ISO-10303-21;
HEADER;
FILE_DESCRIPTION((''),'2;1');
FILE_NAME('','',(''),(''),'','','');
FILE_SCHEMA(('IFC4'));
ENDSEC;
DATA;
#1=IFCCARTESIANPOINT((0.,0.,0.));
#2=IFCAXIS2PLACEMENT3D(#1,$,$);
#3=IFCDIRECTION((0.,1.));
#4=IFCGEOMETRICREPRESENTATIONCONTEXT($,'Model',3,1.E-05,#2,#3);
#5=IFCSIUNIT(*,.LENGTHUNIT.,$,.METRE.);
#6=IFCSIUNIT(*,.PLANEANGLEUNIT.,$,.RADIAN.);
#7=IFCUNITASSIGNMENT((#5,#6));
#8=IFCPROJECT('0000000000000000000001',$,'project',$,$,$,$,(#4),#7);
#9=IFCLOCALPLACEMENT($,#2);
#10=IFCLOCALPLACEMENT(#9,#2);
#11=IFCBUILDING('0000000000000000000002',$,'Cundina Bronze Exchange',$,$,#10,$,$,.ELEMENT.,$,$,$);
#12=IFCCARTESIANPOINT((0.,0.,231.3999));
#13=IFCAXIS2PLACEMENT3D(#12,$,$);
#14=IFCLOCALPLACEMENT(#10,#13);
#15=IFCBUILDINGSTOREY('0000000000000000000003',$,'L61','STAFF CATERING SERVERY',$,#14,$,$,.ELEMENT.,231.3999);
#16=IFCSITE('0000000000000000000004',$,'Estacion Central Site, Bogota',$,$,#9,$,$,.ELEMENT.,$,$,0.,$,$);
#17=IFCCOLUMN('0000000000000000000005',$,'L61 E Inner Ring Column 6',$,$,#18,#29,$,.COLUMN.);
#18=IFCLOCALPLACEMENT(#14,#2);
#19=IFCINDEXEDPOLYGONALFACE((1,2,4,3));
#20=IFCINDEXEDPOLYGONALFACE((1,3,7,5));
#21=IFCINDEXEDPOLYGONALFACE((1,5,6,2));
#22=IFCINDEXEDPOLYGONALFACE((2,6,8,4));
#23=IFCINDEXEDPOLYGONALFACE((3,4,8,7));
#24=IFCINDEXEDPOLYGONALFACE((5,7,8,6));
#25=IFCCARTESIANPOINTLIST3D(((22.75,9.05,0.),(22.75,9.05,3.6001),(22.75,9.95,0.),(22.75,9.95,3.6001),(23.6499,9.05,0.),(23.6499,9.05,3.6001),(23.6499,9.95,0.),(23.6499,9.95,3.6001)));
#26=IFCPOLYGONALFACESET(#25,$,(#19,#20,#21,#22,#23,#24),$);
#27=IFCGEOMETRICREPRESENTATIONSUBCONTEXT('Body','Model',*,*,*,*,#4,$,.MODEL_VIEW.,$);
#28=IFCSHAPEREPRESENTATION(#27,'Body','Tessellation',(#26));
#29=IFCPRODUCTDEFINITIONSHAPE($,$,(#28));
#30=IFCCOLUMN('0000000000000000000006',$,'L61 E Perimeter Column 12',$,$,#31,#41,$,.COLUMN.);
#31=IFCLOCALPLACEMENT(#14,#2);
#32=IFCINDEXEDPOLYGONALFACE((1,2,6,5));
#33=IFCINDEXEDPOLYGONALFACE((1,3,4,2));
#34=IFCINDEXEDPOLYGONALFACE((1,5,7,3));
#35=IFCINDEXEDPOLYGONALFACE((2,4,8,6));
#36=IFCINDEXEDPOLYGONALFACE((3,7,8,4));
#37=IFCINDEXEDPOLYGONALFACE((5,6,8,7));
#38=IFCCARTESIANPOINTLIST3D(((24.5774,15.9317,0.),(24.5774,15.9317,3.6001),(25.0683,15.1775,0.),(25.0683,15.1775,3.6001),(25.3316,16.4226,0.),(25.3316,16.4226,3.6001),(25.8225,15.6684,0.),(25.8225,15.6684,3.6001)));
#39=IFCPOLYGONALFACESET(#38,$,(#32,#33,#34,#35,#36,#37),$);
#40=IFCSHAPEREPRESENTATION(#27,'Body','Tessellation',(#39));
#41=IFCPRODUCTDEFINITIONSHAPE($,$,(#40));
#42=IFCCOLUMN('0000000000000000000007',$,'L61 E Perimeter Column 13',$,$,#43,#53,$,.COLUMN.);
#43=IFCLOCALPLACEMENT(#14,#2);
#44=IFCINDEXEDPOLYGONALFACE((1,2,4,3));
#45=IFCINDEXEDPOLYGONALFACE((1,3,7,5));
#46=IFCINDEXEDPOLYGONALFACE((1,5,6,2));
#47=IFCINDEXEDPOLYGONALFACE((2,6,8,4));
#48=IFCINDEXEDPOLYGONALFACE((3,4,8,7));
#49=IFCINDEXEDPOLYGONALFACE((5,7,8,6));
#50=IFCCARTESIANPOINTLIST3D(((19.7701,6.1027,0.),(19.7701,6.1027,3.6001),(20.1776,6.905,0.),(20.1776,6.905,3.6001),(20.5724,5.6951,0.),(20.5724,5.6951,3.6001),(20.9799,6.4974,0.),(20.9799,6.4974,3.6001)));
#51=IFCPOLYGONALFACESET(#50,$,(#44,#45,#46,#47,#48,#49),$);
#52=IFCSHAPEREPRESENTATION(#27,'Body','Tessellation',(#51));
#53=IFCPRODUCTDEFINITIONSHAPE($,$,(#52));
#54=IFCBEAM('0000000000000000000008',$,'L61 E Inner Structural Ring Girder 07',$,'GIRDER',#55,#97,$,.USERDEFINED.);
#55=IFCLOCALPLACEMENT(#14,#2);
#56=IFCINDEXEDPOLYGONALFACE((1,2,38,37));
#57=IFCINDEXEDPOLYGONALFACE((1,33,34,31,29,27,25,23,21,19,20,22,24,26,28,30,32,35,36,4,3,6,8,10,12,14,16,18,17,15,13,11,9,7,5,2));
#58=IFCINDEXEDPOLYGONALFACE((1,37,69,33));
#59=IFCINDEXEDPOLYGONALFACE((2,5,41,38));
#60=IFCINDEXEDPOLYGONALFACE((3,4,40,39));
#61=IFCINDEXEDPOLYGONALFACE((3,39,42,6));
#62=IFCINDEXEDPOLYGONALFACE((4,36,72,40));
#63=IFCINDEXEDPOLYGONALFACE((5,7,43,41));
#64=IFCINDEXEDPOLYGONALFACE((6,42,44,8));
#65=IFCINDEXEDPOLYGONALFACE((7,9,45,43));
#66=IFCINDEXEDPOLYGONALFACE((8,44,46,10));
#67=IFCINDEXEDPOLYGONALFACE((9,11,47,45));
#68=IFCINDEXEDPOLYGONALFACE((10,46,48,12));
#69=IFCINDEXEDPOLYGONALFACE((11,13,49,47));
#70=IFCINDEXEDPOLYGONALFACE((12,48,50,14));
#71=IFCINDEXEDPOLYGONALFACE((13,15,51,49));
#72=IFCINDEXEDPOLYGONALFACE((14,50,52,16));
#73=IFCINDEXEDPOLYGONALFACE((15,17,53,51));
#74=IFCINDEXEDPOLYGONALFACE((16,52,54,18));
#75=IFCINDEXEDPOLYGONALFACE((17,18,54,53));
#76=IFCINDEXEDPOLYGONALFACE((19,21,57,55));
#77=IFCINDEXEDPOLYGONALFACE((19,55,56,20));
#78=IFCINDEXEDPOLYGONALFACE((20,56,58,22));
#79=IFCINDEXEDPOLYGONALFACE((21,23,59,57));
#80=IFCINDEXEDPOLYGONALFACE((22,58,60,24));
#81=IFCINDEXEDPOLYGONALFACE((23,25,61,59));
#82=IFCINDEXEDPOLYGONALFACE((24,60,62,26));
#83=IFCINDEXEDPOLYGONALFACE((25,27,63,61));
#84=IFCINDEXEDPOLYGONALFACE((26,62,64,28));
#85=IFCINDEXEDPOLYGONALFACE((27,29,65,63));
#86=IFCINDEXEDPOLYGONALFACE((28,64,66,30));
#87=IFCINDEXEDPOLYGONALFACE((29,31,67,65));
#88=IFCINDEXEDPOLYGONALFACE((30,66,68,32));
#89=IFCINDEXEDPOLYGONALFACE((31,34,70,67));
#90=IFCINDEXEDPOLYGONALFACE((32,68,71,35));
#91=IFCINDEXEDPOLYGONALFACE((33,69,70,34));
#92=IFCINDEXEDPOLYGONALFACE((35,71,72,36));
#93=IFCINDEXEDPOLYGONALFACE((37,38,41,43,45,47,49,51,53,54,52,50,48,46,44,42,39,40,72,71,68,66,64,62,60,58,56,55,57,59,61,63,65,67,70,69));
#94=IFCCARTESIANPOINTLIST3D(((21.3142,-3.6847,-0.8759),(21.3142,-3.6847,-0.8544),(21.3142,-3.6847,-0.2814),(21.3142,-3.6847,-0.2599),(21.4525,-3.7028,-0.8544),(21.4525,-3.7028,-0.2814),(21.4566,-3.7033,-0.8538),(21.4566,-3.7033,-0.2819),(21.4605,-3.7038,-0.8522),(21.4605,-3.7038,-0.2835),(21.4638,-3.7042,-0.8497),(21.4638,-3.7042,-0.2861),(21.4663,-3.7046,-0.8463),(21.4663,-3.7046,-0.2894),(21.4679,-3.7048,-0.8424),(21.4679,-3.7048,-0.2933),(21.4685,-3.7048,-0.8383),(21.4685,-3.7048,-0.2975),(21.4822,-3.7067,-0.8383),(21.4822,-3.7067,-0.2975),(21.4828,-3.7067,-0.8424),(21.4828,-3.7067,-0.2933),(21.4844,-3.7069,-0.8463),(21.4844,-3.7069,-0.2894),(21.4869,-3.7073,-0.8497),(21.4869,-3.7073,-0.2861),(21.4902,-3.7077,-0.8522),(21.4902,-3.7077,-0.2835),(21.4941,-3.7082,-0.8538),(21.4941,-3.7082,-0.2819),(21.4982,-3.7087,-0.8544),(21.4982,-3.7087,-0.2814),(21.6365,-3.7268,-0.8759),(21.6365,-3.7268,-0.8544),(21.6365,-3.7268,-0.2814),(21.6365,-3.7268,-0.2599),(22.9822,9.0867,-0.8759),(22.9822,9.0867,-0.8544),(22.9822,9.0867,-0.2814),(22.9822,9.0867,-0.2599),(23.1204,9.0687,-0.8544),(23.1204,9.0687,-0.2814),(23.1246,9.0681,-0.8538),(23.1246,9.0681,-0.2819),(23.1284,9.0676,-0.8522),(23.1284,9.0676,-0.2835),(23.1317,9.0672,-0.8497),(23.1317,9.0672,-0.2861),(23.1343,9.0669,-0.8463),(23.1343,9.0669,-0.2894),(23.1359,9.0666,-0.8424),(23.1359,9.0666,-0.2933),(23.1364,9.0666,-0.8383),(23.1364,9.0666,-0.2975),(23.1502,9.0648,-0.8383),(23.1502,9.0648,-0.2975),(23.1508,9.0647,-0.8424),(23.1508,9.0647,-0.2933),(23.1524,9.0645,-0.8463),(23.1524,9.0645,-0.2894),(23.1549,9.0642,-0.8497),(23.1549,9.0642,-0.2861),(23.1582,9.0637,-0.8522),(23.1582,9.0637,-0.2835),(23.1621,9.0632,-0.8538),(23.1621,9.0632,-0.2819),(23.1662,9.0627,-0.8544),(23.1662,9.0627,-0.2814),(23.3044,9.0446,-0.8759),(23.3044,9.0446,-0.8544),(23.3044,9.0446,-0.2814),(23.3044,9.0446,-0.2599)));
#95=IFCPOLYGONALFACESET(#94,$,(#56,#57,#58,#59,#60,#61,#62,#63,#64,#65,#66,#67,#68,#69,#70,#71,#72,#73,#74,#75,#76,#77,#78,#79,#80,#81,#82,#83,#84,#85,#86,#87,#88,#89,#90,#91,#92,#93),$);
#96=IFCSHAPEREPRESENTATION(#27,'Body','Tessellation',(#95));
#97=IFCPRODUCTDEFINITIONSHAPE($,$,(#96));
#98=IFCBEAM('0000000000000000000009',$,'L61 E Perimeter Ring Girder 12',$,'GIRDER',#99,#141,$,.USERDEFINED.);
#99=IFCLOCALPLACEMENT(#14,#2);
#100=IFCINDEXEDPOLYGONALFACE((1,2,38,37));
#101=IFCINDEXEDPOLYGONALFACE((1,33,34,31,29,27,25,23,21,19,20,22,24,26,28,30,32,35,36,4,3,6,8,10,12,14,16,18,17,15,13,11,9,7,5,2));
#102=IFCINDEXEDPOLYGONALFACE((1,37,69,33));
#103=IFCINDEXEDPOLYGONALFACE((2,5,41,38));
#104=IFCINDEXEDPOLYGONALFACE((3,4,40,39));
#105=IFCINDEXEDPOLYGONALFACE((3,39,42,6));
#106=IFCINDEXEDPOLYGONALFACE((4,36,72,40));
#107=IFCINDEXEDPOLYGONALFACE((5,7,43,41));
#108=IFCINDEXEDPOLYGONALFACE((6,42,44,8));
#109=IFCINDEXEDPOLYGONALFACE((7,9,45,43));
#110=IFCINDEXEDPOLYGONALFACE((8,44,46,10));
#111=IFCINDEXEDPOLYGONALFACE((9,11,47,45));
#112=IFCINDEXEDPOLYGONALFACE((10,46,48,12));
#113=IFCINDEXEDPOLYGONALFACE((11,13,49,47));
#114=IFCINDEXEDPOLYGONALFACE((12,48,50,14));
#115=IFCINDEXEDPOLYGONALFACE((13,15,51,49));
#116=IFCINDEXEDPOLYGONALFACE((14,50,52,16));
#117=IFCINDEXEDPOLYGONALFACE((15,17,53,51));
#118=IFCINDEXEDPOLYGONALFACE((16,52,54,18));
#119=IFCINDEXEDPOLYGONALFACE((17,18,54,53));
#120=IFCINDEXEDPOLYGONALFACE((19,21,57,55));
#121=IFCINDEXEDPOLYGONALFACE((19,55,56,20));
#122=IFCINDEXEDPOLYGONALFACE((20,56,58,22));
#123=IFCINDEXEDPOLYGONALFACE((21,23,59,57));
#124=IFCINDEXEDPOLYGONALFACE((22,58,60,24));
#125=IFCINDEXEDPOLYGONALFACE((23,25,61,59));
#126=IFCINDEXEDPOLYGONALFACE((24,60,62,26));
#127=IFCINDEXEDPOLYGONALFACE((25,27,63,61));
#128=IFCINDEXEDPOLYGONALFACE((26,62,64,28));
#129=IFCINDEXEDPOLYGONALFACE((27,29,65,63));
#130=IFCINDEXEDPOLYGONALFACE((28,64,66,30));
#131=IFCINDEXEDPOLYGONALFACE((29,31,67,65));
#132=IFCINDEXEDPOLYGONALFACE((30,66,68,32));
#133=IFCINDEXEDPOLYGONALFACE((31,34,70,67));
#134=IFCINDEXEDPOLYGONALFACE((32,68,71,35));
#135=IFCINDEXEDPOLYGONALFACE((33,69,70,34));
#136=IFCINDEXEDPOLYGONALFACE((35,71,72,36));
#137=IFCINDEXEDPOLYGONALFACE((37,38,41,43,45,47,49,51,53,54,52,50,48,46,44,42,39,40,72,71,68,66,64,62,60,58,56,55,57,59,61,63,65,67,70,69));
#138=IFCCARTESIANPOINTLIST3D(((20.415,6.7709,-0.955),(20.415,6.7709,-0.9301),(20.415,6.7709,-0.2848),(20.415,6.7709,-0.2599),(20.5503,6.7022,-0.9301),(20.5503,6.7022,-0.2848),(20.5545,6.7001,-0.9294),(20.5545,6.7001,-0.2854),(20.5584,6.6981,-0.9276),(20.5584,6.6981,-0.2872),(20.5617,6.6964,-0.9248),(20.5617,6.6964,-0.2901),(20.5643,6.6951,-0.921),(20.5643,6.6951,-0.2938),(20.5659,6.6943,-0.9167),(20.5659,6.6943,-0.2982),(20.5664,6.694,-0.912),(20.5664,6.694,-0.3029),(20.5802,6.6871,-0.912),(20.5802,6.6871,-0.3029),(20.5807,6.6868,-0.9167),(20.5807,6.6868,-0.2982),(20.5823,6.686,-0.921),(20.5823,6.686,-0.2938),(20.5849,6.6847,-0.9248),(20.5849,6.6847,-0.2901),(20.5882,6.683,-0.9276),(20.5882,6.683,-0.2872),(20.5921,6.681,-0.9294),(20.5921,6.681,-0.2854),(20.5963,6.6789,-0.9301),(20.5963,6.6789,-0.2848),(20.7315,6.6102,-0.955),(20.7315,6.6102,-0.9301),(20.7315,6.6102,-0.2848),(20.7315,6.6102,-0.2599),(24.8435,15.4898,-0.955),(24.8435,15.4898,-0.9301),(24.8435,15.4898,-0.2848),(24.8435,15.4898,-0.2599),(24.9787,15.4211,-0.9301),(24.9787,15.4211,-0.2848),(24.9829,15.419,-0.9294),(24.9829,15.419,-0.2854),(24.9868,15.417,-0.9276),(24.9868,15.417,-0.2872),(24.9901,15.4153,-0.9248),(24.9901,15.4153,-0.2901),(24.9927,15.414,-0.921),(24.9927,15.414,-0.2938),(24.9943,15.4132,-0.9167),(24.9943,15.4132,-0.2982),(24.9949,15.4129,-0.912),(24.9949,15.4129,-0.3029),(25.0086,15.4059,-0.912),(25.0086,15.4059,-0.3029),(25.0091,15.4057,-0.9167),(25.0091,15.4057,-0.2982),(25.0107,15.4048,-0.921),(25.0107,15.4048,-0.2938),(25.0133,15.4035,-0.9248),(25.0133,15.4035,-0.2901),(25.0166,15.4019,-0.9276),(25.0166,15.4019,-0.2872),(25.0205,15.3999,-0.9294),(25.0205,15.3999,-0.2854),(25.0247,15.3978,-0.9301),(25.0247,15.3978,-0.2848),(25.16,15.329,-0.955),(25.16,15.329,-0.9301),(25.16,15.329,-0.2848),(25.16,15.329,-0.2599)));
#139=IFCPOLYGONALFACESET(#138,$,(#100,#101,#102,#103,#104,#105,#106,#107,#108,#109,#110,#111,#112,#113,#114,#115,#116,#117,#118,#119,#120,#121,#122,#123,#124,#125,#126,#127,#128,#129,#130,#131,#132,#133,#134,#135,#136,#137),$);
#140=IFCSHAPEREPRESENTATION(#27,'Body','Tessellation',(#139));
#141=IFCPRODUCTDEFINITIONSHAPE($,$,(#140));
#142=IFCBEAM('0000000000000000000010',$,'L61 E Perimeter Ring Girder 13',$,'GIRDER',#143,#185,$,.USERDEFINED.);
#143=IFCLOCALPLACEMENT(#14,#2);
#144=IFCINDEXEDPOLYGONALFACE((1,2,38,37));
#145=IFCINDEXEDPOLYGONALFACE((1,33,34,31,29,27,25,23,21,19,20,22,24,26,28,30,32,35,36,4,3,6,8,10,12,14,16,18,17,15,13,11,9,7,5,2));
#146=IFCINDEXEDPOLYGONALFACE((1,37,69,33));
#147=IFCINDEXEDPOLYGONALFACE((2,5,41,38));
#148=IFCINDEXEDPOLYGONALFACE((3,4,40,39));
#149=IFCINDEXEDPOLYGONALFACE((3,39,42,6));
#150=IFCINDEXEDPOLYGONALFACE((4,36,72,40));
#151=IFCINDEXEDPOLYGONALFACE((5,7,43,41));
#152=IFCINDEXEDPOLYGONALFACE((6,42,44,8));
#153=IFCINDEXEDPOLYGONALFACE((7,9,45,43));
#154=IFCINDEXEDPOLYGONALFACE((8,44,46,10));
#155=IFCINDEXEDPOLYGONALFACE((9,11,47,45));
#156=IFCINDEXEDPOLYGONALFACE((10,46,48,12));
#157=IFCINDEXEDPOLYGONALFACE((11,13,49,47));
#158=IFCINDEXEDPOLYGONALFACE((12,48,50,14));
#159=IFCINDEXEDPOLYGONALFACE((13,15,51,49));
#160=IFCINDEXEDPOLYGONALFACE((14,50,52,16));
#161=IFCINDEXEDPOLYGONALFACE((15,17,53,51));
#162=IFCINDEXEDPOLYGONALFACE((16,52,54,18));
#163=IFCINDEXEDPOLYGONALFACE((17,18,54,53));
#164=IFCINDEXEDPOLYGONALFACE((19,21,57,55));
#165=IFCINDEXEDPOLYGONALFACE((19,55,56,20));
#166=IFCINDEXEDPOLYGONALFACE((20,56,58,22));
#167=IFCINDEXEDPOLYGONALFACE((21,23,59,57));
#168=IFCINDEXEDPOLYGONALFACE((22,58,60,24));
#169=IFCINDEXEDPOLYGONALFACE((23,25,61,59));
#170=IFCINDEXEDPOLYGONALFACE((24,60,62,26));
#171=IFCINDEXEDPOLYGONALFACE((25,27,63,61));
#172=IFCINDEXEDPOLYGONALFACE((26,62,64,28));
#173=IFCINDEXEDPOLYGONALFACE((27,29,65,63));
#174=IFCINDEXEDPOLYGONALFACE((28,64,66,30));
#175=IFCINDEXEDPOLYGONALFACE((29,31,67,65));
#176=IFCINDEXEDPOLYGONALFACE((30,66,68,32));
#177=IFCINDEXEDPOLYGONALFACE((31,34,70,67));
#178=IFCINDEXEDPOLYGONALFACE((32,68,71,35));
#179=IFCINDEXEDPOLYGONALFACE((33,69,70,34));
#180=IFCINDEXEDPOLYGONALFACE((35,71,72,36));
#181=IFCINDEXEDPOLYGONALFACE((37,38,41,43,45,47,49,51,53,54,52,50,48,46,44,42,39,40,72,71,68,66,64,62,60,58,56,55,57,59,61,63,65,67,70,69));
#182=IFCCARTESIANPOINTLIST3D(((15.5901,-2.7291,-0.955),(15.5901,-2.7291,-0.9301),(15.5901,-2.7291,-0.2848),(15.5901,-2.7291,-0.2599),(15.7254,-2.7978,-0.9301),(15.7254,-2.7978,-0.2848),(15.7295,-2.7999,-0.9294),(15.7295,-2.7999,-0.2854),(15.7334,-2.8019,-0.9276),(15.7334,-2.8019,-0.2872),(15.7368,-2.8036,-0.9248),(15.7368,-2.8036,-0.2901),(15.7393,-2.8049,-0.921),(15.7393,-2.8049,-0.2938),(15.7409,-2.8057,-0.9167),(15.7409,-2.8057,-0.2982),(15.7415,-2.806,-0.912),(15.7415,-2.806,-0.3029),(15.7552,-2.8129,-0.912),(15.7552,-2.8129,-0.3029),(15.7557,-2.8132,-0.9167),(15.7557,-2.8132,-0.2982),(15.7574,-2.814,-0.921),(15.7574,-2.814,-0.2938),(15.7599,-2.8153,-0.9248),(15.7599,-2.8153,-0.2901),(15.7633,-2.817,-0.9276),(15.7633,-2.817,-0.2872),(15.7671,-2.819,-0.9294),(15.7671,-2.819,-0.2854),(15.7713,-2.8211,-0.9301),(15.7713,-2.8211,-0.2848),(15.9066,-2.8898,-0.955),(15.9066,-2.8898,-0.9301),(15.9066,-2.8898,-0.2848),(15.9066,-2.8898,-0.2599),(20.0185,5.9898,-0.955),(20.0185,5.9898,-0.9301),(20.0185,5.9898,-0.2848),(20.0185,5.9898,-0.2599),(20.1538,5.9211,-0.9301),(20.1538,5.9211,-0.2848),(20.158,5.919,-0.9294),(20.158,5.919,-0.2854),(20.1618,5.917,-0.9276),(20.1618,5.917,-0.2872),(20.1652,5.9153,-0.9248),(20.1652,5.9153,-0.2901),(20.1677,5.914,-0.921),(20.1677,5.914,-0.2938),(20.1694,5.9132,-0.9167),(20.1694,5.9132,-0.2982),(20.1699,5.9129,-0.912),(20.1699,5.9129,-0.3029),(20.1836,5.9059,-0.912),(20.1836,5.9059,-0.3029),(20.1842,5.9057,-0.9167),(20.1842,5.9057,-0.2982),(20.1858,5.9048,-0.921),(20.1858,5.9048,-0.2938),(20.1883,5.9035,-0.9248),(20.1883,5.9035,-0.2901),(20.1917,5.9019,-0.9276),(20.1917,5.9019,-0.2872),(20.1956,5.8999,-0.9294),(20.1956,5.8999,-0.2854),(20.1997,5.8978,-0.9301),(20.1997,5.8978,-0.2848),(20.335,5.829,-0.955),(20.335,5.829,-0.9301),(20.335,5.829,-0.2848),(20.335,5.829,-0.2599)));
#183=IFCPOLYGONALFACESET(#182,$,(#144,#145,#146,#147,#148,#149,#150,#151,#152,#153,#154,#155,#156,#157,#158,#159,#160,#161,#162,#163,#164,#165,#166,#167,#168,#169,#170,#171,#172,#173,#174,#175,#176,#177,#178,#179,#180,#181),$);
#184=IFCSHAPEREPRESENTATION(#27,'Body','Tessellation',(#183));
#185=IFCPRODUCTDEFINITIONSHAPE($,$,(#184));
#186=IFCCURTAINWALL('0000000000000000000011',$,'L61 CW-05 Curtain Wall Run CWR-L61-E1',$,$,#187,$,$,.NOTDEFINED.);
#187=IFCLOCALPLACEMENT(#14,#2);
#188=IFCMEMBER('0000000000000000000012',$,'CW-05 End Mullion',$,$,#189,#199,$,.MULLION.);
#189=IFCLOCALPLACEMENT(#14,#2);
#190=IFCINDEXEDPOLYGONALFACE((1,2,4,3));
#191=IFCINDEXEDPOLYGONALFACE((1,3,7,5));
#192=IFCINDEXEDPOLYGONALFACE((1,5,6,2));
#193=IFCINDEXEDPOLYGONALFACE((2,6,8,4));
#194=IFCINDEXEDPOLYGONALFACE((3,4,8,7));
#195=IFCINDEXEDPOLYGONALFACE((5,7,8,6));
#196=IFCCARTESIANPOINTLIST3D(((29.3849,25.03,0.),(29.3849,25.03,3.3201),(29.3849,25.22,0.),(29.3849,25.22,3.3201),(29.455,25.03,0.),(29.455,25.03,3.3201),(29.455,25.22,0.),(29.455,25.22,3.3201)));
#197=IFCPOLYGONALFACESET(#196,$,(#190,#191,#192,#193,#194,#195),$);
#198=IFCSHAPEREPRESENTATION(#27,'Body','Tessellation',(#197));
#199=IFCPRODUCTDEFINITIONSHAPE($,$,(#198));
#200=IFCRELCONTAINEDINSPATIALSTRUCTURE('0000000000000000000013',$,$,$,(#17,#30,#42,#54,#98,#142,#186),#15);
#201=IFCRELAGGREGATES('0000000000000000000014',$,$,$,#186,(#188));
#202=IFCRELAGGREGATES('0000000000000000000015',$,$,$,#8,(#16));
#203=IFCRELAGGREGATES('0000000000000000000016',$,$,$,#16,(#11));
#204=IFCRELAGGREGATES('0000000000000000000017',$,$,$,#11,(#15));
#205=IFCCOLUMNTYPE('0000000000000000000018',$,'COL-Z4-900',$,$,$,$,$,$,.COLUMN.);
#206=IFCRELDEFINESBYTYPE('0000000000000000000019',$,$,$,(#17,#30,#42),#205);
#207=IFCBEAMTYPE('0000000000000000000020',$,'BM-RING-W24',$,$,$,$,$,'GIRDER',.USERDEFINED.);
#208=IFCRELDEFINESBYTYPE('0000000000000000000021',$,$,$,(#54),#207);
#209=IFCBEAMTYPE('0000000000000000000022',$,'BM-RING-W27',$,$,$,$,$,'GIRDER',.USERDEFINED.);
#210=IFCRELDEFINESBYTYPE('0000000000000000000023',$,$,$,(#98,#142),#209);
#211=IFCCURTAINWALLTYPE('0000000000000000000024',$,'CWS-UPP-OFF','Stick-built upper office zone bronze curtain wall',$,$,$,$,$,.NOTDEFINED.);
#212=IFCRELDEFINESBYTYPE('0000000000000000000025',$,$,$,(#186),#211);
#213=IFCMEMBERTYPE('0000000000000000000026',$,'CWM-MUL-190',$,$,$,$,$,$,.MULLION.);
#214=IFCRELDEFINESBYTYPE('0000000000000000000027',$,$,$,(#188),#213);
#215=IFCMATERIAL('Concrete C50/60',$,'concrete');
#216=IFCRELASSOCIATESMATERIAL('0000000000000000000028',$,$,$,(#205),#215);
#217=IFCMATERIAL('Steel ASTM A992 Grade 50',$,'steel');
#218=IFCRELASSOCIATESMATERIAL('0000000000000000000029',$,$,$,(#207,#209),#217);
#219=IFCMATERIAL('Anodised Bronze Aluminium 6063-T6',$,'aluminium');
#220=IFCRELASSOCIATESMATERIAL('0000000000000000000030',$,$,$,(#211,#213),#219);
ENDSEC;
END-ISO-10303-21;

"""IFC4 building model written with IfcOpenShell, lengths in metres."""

from ifc_helpers import new_model, si_unit, direction, frame, origin, origin_2d, place, context, subcontext, project, spatial, rectangle, i_section, extrude, material, material_profile, profile_set, type_object, element, aggregate, save


model = new_model("IFC4")

# Units and contexts
model_context = context("Model", 3, precision=1e-05, world=origin(), true_north=direction((0.0, 1.0)))
body_context = subcontext(model_context, "Body", "Model", "MODEL_VIEW")
ifc_project = project(units=[si_unit("LENGTHUNIT", "METRE"), si_unit("PLANEANGLEUNIT", "RADIAN")], contexts=[model_context])

# Site, building, storey
site_placement = place(None, origin())
site = spatial("IfcSite", under=ifc_project, at=site_placement, Name="Estacion Central Site, Bogota", CompositionType="ELEMENT", RefElevation=0.0)
building_placement = place(site_placement, origin())
building = spatial("IfcBuilding", under=site, at=building_placement, Name="Cundina Bronze Exchange", CompositionType="ELEMENT")
storey_placement = place(building_placement, frame((0.0, 0.0, 231.3999)))
storey = spatial("IfcBuildingStorey", under=building, at=storey_placement, Name="L61", Description="STAFF CATERING SERVERY", CompositionType="ELEMENT", Elevation=231.3999)

# Columns
ifc_material_1 = material(Name="Concrete C50/60", Category="concrete")
ifc_material_profile_1 = material_profile(ifc_material_1, rectangle(XDim=0.8999, YDim=0.8999, at=origin_2d()), Name="RC900X900", Category="concrete")
ifc_profile_set_1 = profile_set([ifc_material_profile_1], Name="Concrete C50/60")
column_type = type_object("IfcColumnType", Name="COL-Z4-900", PredefinedType="COLUMN", material=ifc_profile_set_1)
for number, where, z_axis, x_axis, name in (
    (1, (23.2, 9.5, 0.0), (0.0, 0.0, 1.0), (1.0, 0.0, 0.0), "L61 E Inner Ring Column 6"),
    (2, (25.2, 15.8, 0.0), (0.0, 0.0, 1.0), (-0.8381, -0.545517, 0.0), "L61 E Perimeter Column 12"),
    (3, (20.375, 6.3, 0.0), (0.0, 0.0, 1.0), (-0.452902, -0.891561, 0.0), "L61 E Perimeter Column 13"),
):
    element("IfcColumn", number, at=place(storey_placement, frame(where, z_axis=z_axis, x_axis=x_axis)), inside=storey, type_object=column_type, Name=name, PredefinedType="COLUMN", context=body_context, shape_type="SweptSolid", body=[
        extrude(rectangle(XDim=0.8999, YDim=0.8999, at=origin_2d()), origin(), (0.0, 0.0, 1.0), 3.6001),
    ])

# Beams
ifc_material_2 = material(Name="Steel ASTM A992 Grade 50", Category="steel")
ifc_material_profile_2 = material_profile(ifc_material_2, i_section(OverallWidth=0.325, OverallDepth=0.616, WebThickness=0.0139, FlangeThickness=0.0215, FilletRadius=0.0161, at=origin_2d()), Name="W24X117", Category="steel")
ifc_profile_set_2 = profile_set([ifc_material_profile_2], Name="Steel ASTM A992 Grade 50")
beam_type_1 = type_object("IfcBeamType", Name="BM-RING-W24", ElementType="GIRDER", PredefinedType="USERDEFINED", material=ifc_profile_set_2)
beam_placement = place(storey_placement, frame((23.1433, 9.0657, -0.5679), z_axis=(-0.129501, -0.991579, 0.0), x_axis=(0.991579, -0.129501, 0.0)))
element("IfcBeam", 4, at=beam_placement, inside=storey, type_object=beam_type_1, Name="L61 E Inner Structural Ring Girder 07", ObjectType="GIRDER", PredefinedType="USERDEFINED", context=body_context, shape_type="SweptSolid", body=[
    extrude(i_section(OverallWidth=0.325, OverallDepth=0.616, WebThickness=0.0139, FlangeThickness=0.0215, FilletRadius=0.0161, at=origin_2d()), origin(), (0.0, 0.0, 1.0), 12.8799),
])
ifc_material_profile_3 = material_profile(ifc_material_2, i_section(OverallWidth=0.355, OverallDepth=0.6951, WebThickness=0.0154, FlangeThickness=0.0249, FilletRadius=0.0181, at=origin_2d()), Name="W27X146", Category="steel")
ifc_profile_set_3 = profile_set([ifc_material_profile_3], Name="Steel ASTM A992 Grade 50")
beam_type_2 = type_object("IfcBeamType", Name="BM-RING-W27", ElementType="GIRDER", PredefinedType="USERDEFINED", material=ifc_profile_set_3)
for number, where, z_axis, x_axis, name in (
    (5, (25.0017, 15.4094, -0.6074), (-0.452847, -0.891588, 0.0), (0.891588, -0.452847, 0.0), "L61 E Perimeter Ring Girder 12"),
    (6, (20.1768, 5.9094, -0.6074), (-0.452847, -0.891588, 0.0), (0.891588, -0.452847, 0.0), "L61 E Perimeter Ring Girder 13"),
):
    element("IfcBeam", number, at=place(storey_placement, frame(where, z_axis=z_axis, x_axis=x_axis)), inside=storey, type_object=beam_type_2, Name=name, ObjectType="GIRDER", PredefinedType="USERDEFINED", context=body_context, shape_type="SweptSolid", body=[
        extrude(i_section(OverallWidth=0.355, OverallDepth=0.6951, WebThickness=0.0154, FlangeThickness=0.0249, FilletRadius=0.0181, at=origin_2d()), origin(), (0.0, 0.0, 1.0), 9.7791),
    ])

# Curtain wall, member
ifc_material_3 = material(Name="Anodised Bronze Aluminium 6063-T6", Category="aluminium")
curtain_wall_type = type_object("IfcCurtainWallType", Name="CWS-UPP-OFF", Description="Stick-built upper office zone bronze curtain wall", PredefinedType="NOTDEFINED", material=ifc_material_3)
curtain_wall_1_placement = place(storey_placement, origin())
curtain_wall_1 = element("IfcCurtainWall", 7, at=curtain_wall_1_placement, inside=storey, type_object=curtain_wall_type, Name="L61 CW-05 Curtain Wall Run CWR-L61-E1", PredefinedType="NOTDEFINED")
ifc_material_profile_4 = material_profile(ifc_material_3, rectangle(XDim=0.0701, YDim=0.1899, at=origin_2d()), Name="AL70X190", Category="aluminium")
ifc_profile_set_4 = profile_set([ifc_material_profile_4], Name="Anodised Bronze Aluminium 6063-T6")
member_type_1 = type_object("IfcMemberType", Name="CWM-MUL-190", PredefinedType="MULLION", material=ifc_profile_set_4)
member_1_placement = place(storey_placement, frame((29.4199, 25.125, 0.0), z_axis=(0.0, 0.0, 1.0), x_axis=(-1.0, 0.0, 0.0)))
member_1 = element("IfcMember", 8, at=member_1_placement, type_object=member_type_1, Name="CW-05 End Mullion", PredefinedType="MULLION", context=body_context, shape_type="SweptSolid", body=[
    extrude(rectangle(XDim=0.0701, YDim=0.1899, at=origin_2d()), origin(), (0.0, 0.0, 1.0), 3.3201),
])
aggregate(curtain_wall_1, [member_1])

save(model, "model.ifc")
